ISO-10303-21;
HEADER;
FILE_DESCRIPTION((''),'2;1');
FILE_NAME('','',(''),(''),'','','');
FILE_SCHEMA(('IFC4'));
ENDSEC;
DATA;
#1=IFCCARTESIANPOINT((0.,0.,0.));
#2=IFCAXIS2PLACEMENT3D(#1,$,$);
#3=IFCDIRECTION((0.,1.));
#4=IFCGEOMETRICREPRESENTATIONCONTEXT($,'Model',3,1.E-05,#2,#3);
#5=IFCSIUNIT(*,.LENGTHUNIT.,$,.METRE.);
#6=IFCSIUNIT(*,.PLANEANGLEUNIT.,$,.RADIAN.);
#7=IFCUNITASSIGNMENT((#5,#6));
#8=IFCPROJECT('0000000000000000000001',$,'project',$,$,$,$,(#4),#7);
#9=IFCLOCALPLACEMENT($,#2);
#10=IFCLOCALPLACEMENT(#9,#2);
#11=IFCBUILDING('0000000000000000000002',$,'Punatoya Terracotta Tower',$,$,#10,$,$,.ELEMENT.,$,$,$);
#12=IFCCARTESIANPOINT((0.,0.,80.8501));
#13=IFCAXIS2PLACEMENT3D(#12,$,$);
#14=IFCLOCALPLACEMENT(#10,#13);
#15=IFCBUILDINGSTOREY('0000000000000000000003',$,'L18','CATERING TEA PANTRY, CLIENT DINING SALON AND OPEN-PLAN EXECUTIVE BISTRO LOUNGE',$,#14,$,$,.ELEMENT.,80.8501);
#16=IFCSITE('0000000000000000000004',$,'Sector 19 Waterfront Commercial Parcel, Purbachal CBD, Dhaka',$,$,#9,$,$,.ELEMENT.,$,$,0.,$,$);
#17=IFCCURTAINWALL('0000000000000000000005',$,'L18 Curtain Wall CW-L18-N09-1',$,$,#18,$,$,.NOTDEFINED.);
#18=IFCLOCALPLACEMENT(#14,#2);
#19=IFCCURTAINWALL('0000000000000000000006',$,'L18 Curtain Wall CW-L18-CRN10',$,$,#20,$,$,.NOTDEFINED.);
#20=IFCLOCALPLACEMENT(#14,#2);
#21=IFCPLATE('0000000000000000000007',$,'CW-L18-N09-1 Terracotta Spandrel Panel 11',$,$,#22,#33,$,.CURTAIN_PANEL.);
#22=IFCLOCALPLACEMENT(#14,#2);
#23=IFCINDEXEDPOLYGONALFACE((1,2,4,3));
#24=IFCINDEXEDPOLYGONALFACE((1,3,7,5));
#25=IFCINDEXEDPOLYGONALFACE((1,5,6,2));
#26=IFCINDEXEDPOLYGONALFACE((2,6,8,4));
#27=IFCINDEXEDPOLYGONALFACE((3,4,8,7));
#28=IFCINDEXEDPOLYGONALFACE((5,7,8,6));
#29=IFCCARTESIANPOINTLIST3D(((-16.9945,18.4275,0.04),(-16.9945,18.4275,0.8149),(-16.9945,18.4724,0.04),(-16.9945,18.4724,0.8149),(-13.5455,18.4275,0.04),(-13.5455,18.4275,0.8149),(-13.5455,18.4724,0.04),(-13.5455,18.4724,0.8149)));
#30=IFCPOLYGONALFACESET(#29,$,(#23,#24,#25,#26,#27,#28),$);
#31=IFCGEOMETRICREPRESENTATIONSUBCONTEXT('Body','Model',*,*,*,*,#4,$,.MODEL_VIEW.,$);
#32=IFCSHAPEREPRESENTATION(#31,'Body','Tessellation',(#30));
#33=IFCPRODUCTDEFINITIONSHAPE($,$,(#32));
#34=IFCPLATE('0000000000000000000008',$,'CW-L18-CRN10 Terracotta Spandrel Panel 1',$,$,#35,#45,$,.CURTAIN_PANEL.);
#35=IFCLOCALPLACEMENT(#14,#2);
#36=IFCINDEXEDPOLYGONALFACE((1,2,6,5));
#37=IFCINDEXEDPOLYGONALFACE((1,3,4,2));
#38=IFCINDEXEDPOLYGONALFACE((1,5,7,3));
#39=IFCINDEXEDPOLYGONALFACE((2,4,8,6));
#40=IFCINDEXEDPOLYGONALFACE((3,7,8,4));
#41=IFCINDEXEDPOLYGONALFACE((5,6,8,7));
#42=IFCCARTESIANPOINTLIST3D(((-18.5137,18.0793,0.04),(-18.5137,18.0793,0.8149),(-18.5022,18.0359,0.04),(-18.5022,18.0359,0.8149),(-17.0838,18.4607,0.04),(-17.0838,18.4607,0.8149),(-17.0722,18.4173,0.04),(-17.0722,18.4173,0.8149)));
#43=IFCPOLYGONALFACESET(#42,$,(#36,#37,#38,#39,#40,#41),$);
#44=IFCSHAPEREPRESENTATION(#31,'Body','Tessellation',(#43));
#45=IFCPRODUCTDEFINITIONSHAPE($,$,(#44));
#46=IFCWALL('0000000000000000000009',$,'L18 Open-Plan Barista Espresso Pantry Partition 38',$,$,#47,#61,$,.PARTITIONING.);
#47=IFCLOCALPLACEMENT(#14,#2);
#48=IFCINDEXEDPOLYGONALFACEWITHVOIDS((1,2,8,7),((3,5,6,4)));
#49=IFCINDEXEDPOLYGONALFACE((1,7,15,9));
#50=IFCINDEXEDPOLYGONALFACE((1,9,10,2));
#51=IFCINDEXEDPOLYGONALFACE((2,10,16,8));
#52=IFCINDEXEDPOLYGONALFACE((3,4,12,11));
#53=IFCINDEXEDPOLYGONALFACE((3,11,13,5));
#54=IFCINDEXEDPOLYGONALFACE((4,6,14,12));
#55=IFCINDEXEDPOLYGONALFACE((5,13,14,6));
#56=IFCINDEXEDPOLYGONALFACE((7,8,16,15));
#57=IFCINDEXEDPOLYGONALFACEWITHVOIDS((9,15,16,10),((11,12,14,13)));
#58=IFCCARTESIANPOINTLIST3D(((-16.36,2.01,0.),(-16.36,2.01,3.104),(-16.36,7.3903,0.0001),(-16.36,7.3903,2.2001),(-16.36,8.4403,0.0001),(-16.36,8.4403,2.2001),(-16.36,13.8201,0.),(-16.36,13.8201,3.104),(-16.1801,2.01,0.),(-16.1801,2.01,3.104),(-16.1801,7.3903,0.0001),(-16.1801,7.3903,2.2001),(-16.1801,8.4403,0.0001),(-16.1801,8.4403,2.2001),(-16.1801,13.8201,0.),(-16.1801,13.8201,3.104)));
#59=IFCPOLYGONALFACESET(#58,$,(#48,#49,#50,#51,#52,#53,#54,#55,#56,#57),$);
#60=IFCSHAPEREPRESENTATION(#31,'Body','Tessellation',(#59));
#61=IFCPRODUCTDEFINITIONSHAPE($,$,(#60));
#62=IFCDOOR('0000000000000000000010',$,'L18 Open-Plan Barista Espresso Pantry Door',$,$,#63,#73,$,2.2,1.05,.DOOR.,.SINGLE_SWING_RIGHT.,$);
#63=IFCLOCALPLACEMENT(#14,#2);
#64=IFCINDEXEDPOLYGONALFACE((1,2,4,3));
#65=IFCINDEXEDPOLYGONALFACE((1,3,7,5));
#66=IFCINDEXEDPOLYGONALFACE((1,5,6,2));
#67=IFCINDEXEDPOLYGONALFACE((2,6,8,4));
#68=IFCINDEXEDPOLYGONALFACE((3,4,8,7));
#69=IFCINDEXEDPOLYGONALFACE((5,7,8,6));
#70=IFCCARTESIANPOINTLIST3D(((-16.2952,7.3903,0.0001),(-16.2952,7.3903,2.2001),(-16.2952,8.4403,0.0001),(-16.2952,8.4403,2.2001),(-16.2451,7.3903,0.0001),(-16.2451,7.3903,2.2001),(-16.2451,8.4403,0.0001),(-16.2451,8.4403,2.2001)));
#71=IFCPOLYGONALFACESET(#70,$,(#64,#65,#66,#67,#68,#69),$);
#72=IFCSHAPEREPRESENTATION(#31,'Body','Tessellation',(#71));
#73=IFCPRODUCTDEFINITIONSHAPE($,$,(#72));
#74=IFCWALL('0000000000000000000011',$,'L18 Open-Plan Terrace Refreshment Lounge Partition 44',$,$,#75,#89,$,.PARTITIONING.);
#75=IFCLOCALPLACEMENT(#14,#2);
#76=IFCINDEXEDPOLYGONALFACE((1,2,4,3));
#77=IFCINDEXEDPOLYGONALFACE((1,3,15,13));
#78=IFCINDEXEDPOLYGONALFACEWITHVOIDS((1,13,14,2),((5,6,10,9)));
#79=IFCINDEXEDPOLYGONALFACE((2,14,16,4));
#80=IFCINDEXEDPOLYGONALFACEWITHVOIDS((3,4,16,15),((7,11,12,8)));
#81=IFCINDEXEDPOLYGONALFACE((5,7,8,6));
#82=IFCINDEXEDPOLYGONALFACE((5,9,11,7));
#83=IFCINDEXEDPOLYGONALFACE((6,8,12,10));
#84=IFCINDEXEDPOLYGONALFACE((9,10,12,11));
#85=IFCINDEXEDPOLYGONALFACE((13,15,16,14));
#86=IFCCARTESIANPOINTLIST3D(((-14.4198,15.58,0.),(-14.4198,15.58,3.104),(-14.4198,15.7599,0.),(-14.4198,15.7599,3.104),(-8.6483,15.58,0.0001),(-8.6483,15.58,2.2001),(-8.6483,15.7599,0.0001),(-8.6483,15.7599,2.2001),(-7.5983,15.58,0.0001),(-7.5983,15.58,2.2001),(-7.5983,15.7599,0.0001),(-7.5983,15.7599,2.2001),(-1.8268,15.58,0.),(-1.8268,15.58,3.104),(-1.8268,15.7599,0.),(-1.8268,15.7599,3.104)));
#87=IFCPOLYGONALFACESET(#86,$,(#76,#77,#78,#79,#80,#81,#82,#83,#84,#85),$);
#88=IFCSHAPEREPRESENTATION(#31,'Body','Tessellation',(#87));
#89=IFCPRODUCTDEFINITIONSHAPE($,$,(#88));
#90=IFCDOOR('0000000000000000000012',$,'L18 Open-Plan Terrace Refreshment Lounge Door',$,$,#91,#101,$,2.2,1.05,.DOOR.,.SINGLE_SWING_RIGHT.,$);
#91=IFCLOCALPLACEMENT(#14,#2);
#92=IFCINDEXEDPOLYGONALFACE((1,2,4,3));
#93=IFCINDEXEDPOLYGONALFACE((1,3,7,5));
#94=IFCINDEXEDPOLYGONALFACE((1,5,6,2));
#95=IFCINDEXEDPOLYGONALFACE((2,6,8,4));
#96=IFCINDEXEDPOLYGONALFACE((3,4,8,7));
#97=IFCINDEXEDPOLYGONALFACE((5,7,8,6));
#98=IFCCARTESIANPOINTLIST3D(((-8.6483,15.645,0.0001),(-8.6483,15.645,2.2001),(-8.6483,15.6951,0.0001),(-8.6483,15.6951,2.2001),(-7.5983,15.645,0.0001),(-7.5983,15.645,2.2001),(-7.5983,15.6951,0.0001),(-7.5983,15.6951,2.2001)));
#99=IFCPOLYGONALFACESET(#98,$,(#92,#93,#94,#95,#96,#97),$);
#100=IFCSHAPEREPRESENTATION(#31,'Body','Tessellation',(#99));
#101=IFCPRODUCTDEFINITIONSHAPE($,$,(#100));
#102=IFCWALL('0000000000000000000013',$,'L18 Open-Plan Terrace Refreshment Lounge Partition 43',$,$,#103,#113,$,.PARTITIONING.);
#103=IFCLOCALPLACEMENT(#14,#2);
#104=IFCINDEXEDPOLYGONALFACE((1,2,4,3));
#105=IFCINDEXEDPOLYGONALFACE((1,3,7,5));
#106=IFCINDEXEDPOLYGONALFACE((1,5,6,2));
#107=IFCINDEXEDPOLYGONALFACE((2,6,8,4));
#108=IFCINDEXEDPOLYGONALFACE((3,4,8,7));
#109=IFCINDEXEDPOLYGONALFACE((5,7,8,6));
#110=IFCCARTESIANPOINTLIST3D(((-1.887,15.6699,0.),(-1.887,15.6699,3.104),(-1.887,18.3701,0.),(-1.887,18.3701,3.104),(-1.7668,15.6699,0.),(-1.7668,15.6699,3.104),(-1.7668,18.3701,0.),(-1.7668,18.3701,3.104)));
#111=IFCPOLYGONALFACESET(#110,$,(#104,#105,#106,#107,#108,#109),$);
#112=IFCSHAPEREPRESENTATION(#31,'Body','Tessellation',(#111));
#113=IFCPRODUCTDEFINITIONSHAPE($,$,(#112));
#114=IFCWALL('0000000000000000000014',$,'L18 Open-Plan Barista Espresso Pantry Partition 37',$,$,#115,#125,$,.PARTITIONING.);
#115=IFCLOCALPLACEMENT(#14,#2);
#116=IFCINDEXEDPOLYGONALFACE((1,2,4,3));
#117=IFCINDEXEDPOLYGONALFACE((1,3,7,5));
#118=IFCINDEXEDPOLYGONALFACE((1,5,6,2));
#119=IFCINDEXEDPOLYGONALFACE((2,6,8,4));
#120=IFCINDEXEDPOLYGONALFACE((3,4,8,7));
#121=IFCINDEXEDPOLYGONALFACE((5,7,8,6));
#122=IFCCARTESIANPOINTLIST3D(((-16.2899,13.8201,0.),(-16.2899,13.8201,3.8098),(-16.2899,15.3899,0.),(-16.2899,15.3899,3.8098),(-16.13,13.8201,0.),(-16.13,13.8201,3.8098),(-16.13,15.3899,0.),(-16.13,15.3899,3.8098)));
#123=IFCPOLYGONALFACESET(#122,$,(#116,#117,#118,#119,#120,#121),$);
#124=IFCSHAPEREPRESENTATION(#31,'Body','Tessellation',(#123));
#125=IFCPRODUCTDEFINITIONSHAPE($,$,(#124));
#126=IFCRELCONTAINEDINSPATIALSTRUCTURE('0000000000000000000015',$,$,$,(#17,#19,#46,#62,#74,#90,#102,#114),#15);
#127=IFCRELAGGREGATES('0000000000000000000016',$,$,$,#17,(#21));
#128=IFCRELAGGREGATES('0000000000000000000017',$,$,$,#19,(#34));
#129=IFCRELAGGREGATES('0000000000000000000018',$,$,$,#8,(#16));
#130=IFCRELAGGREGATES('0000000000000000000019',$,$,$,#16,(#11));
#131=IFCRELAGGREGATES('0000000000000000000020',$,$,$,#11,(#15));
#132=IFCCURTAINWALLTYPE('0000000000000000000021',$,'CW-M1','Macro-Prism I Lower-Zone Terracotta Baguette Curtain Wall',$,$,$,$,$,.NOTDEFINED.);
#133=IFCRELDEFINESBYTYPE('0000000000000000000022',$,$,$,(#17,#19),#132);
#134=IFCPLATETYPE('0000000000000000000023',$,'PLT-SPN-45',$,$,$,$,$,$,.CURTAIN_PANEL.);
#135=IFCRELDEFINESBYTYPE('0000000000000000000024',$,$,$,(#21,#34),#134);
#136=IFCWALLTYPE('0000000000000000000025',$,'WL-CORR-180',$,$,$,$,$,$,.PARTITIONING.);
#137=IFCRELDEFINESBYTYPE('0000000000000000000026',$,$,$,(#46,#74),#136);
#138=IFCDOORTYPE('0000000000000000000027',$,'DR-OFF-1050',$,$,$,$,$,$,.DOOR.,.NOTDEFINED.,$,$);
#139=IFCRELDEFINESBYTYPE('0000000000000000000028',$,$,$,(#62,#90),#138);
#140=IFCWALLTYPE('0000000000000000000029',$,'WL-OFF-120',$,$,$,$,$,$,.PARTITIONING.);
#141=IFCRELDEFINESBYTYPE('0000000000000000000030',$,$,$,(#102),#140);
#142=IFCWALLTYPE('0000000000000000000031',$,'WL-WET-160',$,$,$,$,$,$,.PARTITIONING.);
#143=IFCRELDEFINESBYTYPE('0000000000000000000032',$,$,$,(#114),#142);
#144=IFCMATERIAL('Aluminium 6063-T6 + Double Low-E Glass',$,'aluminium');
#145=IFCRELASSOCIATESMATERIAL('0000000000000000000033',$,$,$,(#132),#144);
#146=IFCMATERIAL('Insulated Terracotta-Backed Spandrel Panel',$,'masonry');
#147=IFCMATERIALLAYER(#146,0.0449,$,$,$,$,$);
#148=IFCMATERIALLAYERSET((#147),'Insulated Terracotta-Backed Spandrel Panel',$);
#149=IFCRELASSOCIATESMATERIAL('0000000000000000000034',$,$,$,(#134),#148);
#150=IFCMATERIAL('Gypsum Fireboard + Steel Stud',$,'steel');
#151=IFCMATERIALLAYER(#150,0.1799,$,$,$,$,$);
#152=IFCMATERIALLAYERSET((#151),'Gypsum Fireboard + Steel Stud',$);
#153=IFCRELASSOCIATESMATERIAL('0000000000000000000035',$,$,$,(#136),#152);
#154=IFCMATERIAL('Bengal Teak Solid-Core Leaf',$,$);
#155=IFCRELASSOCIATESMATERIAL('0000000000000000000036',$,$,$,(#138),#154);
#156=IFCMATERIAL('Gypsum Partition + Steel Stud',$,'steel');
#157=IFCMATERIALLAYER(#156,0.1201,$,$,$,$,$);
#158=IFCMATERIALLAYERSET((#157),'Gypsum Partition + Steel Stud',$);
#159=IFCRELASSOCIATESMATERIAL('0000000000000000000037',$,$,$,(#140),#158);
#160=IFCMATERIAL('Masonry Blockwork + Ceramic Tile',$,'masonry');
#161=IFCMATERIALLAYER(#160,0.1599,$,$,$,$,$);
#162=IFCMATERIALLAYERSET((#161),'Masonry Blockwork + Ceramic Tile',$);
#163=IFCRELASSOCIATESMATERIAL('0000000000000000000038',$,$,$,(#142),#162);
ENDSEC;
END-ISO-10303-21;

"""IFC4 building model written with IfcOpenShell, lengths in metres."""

from ifc_helpers import new_model, si_unit, direction, frame, frame_2d, origin, origin_2d, place, context, subcontext, project, spatial, rectangle, extrude, material, layer, layer_set, type_object, element, fill, aggregate, save


model = new_model("IFC4")

# Units and contexts
model_context = context("Model", 3, precision=1e-05, world=origin(), true_north=direction((0.0, 1.0)))
body_context = subcontext(model_context, "Body", "Model", "MODEL_VIEW")
ifc_project = project(units=[si_unit("LENGTHUNIT", "METRE"), si_unit("PLANEANGLEUNIT", "RADIAN")], contexts=[model_context])

# Site, building, storey
site_placement = place(None, origin())
site = spatial("IfcSite", under=ifc_project, at=site_placement, Name="Sector 19 Waterfront Commercial Parcel, Purbachal CBD, Dhaka", CompositionType="ELEMENT", RefElevation=0.0)
building_placement = place(site_placement, origin())
building = spatial("IfcBuilding", under=site, at=building_placement, Name="Punatoya Terracotta Tower", CompositionType="ELEMENT")
storey_placement = place(building_placement, frame((0.0, 0.0, 80.8501)))
storey = spatial("IfcBuildingStorey", under=building, at=storey_placement, Name="L18", Description="CATERING TEA PANTRY, CLIENT DINING SALON AND OPEN-PLAN EXECUTIVE BISTRO LOUNGE", CompositionType="ELEMENT", Elevation=80.8501)

# Curtain walls
ifc_material_1 = material(Name="Aluminium 6063-T6 + Double Low-E Glass", Category="aluminium")
curtain_wall_type = type_object("IfcCurtainWallType", Name="CW-M1", Description="Macro-Prism I Lower-Zone Terracotta Baguette Curtain Wall", PredefinedType="NOTDEFINED", material=ifc_material_1)
curtain_wall_1_placement = place(storey_placement, origin())
curtain_wall_1 = element("IfcCurtainWall", 1, at=curtain_wall_1_placement, inside=storey, type_object=curtain_wall_type, Name="L18 Curtain Wall CW-L18-N09-1", PredefinedType="NOTDEFINED")
curtain_wall_2_placement = place(storey_placement, origin())
curtain_wall_2 = element("IfcCurtainWall", 2, at=curtain_wall_2_placement, inside=storey, type_object=curtain_wall_type, Name="L18 Curtain Wall CW-L18-CRN10", PredefinedType="NOTDEFINED")

# Plates
ifc_material_2 = material(Name="Insulated Terracotta-Backed Spandrel Panel", Category="masonry")
ifc_layer_1 = layer(ifc_material_2, 0.0449)
ifc_layer_set_1 = layer_set([ifc_layer_1], Name="Insulated Terracotta-Backed Spandrel Panel")
plate_type_1 = type_object("IfcPlateType", Name="PLT-SPN-45", PredefinedType="CURTAIN_PANEL", material=ifc_layer_set_1)
plate_1_placement = place(storey_placement, frame((-15.27, 18.45, 0.04), z_axis=(0.0, 0.0, 1.0), x_axis=(-1.0, 0.0, 0.0)))
plate_1 = element("IfcPlate", 3, at=plate_1_placement, type_object=plate_type_1, Name="CW-L18-N09-1 Terracotta Spandrel Panel 11", PredefinedType="CURTAIN_PANEL", context=body_context, shape_type="SweptSolid", body=[
    extrude(rectangle(XDim=3.449, YDim=0.0449, at=origin_2d()), origin(), (0.0, 0.0, 1.0), 0.7749),
])
aggregate(curtain_wall_1, [plate_1])
plate_2_placement = place(storey_placement, frame((-17.793, 18.2483, 0.04), z_axis=(0.0, 0.0, 1.0), x_axis=(-0.966214, -0.257742, 0.0)))
plate_2 = element("IfcPlate", 4, at=plate_2_placement, type_object=plate_type_1, Name="CW-L18-CRN10 Terracotta Spandrel Panel 1", PredefinedType="CURTAIN_PANEL", context=body_context, shape_type="SweptSolid", body=[
    extrude(rectangle(XDim=1.48, YDim=0.0449, at=origin_2d()), origin(), (0.0, 0.0, 1.0), 0.7749),
])
aggregate(curtain_wall_2, [plate_2])

# Walls, openings, doors
ifc_material_3 = material(Name="Gypsum Fireboard + Steel Stud", Category="steel")
ifc_layer_2 = layer(ifc_material_3, 0.1799)
ifc_layer_set_2 = layer_set([ifc_layer_2], Name="Gypsum Fireboard + Steel Stud")
wall_type_1 = type_object("IfcWallType", Name="WL-CORR-180", PredefinedType="PARTITIONING", material=ifc_layer_set_2)
wall_1_placement = place(storey_placement, frame((-16.27, 13.8201, 0.0), z_axis=(0.0, 0.0, 1.0), x_axis=(0.0, -1.0, 0.0)))
wall_1 = element("IfcWall", 5, at=wall_1_placement, inside=storey, type_object=wall_type_1, Name="L18 Open-Plan Barista Espresso Pantry Partition 38", PredefinedType="PARTITIONING", context=body_context, shape_type="SweptSolid", body=[
    extrude(rectangle(XDim=11.8101, YDim=0.1799, at=frame_2d((5.905, 0.0))), origin(), (0.0, 0.0, 1.0), 3.104),
])
opening_1_placement = place(wall_1_placement, frame((5.3799, 0.0, 0.0)))
opening_1 = element("IfcOpeningElement", 6, at=opening_1_placement, cuts=wall_1, PredefinedType="OPENING", context=body_context, shape_type="SweptSolid", body=[
    extrude(rectangle(XDim=1.05, YDim=2.2, at=frame_2d((0.5249, 1.1001))), frame((0.0, 0.0999, 0.0), z_axis=(0.0, -1.0, 0.0), x_axis=(1.0, 0.0, 0.0)), (0.0, 0.0, 1.0), 0.2),
])
ifc_material_4 = material(Name="Bengal Teak Solid-Core Leaf")
door_type = type_object("IfcDoorType", Name="DR-OFF-1050", OperationType="NOTDEFINED", PredefinedType="DOOR", material=ifc_material_4)
door_1_placement = place(opening_1_placement, origin())
door_1 = element("IfcDoor", 7, at=door_1_placement, inside=storey, type_object=door_type, Name="L18 Open-Plan Barista Espresso Pantry Door", OperationType="SINGLE_SWING_RIGHT", OverallHeight=2.2, OverallWidth=1.05, PredefinedType="DOOR", context=body_context, shape_type="SweptSolid", body=[
    extrude(rectangle(XDim=1.05, YDim=2.2, at=frame_2d((0.5249, 1.1001))), frame((0.0, 0.0249, 0.0), z_axis=(0.0, -1.0, 0.0), x_axis=(1.0, 0.0, 0.0)), (0.0, 0.0, 1.0), 0.05),
])
fill(opening_1, door_1)
wall_2_placement = place(storey_placement, frame((-1.8269, 15.6699, 0.0), z_axis=(0.0, 0.0, 1.0), x_axis=(-1.0, 0.0, 0.0)))
wall_2 = element("IfcWall", 8, at=wall_2_placement, inside=storey, type_object=wall_type_1, Name="L18 Open-Plan Terrace Refreshment Lounge Partition 44", PredefinedType="PARTITIONING", context=body_context, shape_type="SweptSolid", body=[
    extrude(rectangle(XDim=12.593, YDim=0.1799, at=frame_2d((6.2964, 0.0))), origin(), (0.0, 0.0, 1.0), 3.104),
])
opening_2_placement = place(wall_2_placement, frame((5.7715, 0.0, 0.0)))
opening_2 = element("IfcOpeningElement", 9, at=opening_2_placement, cuts=wall_2, PredefinedType="OPENING", context=body_context, shape_type="SweptSolid", body=[
    extrude(rectangle(XDim=1.05, YDim=2.2, at=frame_2d((0.5249, 1.1001))), frame((0.0, 0.0999, 0.0), z_axis=(0.0, -1.0, 0.0), x_axis=(1.0, 0.0, 0.0)), (0.0, 0.0, 1.0), 0.2),
])
door_2_placement = place(opening_2_placement, origin())
door_2 = element("IfcDoor", 10, at=door_2_placement, inside=storey, type_object=door_type, Name="L18 Open-Plan Terrace Refreshment Lounge Door", OperationType="SINGLE_SWING_RIGHT", OverallHeight=2.2, OverallWidth=1.05, PredefinedType="DOOR", context=body_context, shape_type="SweptSolid", body=[
    extrude(rectangle(XDim=1.05, YDim=2.2, at=frame_2d((0.5249, 1.1001))), frame((0.0, 0.0249, 0.0), z_axis=(0.0, -1.0, 0.0), x_axis=(1.0, 0.0, 0.0)), (0.0, 0.0, 1.0), 0.05),
])
fill(opening_2, door_2)

# Walls
ifc_material_5 = material(Name="Gypsum Partition + Steel Stud", Category="steel")
ifc_layer_3 = layer(ifc_material_5, 0.1201)
ifc_layer_set_3 = layer_set([ifc_layer_3], Name="Gypsum Partition + Steel Stud")
wall_type_2 = type_object("IfcWallType", Name="WL-OFF-120", PredefinedType="PARTITIONING", material=ifc_layer_set_3)
wall_3_placement = place(storey_placement, frame((-1.8269, 18.3701, 0.0), z_axis=(0.0, 0.0, 1.0), x_axis=(0.0, -1.0, 0.0)))
element("IfcWall", 11, at=wall_3_placement, inside=storey, type_object=wall_type_2, Name="L18 Open-Plan Terrace Refreshment Lounge Partition 43", PredefinedType="PARTITIONING", context=body_context, shape_type="SweptSolid", body=[
    extrude(rectangle(XDim=2.7002, YDim=0.1201, at=frame_2d((1.3501, 0.0))), origin(), (0.0, 0.0, 1.0), 3.104),
])
ifc_material_6 = material(Name="Masonry Blockwork + Ceramic Tile", Category="masonry")
ifc_layer_4 = layer(ifc_material_6, 0.1599)
ifc_layer_set_4 = layer_set([ifc_layer_4], Name="Masonry Blockwork + Ceramic Tile")
wall_type_3 = type_object("IfcWallType", Name="WL-WET-160", PredefinedType="PARTITIONING", material=ifc_layer_set_4)
wall_4_placement = place(storey_placement, frame((-16.21, 15.3899, 0.0), z_axis=(0.0, 0.0, 1.0), x_axis=(0.0, -1.0, 0.0)))
element("IfcWall", 12, at=wall_4_placement, inside=storey, type_object=wall_type_3, Name="L18 Open-Plan Barista Espresso Pantry Partition 37", PredefinedType="PARTITIONING", context=body_context, shape_type="SweptSolid", body=[
    extrude(rectangle(XDim=1.5698, YDim=0.1599, at=frame_2d((0.7849, 0.0))), origin(), (0.0, 0.0, 1.0), 3.8098),
])

save(model, "model.ifc")
